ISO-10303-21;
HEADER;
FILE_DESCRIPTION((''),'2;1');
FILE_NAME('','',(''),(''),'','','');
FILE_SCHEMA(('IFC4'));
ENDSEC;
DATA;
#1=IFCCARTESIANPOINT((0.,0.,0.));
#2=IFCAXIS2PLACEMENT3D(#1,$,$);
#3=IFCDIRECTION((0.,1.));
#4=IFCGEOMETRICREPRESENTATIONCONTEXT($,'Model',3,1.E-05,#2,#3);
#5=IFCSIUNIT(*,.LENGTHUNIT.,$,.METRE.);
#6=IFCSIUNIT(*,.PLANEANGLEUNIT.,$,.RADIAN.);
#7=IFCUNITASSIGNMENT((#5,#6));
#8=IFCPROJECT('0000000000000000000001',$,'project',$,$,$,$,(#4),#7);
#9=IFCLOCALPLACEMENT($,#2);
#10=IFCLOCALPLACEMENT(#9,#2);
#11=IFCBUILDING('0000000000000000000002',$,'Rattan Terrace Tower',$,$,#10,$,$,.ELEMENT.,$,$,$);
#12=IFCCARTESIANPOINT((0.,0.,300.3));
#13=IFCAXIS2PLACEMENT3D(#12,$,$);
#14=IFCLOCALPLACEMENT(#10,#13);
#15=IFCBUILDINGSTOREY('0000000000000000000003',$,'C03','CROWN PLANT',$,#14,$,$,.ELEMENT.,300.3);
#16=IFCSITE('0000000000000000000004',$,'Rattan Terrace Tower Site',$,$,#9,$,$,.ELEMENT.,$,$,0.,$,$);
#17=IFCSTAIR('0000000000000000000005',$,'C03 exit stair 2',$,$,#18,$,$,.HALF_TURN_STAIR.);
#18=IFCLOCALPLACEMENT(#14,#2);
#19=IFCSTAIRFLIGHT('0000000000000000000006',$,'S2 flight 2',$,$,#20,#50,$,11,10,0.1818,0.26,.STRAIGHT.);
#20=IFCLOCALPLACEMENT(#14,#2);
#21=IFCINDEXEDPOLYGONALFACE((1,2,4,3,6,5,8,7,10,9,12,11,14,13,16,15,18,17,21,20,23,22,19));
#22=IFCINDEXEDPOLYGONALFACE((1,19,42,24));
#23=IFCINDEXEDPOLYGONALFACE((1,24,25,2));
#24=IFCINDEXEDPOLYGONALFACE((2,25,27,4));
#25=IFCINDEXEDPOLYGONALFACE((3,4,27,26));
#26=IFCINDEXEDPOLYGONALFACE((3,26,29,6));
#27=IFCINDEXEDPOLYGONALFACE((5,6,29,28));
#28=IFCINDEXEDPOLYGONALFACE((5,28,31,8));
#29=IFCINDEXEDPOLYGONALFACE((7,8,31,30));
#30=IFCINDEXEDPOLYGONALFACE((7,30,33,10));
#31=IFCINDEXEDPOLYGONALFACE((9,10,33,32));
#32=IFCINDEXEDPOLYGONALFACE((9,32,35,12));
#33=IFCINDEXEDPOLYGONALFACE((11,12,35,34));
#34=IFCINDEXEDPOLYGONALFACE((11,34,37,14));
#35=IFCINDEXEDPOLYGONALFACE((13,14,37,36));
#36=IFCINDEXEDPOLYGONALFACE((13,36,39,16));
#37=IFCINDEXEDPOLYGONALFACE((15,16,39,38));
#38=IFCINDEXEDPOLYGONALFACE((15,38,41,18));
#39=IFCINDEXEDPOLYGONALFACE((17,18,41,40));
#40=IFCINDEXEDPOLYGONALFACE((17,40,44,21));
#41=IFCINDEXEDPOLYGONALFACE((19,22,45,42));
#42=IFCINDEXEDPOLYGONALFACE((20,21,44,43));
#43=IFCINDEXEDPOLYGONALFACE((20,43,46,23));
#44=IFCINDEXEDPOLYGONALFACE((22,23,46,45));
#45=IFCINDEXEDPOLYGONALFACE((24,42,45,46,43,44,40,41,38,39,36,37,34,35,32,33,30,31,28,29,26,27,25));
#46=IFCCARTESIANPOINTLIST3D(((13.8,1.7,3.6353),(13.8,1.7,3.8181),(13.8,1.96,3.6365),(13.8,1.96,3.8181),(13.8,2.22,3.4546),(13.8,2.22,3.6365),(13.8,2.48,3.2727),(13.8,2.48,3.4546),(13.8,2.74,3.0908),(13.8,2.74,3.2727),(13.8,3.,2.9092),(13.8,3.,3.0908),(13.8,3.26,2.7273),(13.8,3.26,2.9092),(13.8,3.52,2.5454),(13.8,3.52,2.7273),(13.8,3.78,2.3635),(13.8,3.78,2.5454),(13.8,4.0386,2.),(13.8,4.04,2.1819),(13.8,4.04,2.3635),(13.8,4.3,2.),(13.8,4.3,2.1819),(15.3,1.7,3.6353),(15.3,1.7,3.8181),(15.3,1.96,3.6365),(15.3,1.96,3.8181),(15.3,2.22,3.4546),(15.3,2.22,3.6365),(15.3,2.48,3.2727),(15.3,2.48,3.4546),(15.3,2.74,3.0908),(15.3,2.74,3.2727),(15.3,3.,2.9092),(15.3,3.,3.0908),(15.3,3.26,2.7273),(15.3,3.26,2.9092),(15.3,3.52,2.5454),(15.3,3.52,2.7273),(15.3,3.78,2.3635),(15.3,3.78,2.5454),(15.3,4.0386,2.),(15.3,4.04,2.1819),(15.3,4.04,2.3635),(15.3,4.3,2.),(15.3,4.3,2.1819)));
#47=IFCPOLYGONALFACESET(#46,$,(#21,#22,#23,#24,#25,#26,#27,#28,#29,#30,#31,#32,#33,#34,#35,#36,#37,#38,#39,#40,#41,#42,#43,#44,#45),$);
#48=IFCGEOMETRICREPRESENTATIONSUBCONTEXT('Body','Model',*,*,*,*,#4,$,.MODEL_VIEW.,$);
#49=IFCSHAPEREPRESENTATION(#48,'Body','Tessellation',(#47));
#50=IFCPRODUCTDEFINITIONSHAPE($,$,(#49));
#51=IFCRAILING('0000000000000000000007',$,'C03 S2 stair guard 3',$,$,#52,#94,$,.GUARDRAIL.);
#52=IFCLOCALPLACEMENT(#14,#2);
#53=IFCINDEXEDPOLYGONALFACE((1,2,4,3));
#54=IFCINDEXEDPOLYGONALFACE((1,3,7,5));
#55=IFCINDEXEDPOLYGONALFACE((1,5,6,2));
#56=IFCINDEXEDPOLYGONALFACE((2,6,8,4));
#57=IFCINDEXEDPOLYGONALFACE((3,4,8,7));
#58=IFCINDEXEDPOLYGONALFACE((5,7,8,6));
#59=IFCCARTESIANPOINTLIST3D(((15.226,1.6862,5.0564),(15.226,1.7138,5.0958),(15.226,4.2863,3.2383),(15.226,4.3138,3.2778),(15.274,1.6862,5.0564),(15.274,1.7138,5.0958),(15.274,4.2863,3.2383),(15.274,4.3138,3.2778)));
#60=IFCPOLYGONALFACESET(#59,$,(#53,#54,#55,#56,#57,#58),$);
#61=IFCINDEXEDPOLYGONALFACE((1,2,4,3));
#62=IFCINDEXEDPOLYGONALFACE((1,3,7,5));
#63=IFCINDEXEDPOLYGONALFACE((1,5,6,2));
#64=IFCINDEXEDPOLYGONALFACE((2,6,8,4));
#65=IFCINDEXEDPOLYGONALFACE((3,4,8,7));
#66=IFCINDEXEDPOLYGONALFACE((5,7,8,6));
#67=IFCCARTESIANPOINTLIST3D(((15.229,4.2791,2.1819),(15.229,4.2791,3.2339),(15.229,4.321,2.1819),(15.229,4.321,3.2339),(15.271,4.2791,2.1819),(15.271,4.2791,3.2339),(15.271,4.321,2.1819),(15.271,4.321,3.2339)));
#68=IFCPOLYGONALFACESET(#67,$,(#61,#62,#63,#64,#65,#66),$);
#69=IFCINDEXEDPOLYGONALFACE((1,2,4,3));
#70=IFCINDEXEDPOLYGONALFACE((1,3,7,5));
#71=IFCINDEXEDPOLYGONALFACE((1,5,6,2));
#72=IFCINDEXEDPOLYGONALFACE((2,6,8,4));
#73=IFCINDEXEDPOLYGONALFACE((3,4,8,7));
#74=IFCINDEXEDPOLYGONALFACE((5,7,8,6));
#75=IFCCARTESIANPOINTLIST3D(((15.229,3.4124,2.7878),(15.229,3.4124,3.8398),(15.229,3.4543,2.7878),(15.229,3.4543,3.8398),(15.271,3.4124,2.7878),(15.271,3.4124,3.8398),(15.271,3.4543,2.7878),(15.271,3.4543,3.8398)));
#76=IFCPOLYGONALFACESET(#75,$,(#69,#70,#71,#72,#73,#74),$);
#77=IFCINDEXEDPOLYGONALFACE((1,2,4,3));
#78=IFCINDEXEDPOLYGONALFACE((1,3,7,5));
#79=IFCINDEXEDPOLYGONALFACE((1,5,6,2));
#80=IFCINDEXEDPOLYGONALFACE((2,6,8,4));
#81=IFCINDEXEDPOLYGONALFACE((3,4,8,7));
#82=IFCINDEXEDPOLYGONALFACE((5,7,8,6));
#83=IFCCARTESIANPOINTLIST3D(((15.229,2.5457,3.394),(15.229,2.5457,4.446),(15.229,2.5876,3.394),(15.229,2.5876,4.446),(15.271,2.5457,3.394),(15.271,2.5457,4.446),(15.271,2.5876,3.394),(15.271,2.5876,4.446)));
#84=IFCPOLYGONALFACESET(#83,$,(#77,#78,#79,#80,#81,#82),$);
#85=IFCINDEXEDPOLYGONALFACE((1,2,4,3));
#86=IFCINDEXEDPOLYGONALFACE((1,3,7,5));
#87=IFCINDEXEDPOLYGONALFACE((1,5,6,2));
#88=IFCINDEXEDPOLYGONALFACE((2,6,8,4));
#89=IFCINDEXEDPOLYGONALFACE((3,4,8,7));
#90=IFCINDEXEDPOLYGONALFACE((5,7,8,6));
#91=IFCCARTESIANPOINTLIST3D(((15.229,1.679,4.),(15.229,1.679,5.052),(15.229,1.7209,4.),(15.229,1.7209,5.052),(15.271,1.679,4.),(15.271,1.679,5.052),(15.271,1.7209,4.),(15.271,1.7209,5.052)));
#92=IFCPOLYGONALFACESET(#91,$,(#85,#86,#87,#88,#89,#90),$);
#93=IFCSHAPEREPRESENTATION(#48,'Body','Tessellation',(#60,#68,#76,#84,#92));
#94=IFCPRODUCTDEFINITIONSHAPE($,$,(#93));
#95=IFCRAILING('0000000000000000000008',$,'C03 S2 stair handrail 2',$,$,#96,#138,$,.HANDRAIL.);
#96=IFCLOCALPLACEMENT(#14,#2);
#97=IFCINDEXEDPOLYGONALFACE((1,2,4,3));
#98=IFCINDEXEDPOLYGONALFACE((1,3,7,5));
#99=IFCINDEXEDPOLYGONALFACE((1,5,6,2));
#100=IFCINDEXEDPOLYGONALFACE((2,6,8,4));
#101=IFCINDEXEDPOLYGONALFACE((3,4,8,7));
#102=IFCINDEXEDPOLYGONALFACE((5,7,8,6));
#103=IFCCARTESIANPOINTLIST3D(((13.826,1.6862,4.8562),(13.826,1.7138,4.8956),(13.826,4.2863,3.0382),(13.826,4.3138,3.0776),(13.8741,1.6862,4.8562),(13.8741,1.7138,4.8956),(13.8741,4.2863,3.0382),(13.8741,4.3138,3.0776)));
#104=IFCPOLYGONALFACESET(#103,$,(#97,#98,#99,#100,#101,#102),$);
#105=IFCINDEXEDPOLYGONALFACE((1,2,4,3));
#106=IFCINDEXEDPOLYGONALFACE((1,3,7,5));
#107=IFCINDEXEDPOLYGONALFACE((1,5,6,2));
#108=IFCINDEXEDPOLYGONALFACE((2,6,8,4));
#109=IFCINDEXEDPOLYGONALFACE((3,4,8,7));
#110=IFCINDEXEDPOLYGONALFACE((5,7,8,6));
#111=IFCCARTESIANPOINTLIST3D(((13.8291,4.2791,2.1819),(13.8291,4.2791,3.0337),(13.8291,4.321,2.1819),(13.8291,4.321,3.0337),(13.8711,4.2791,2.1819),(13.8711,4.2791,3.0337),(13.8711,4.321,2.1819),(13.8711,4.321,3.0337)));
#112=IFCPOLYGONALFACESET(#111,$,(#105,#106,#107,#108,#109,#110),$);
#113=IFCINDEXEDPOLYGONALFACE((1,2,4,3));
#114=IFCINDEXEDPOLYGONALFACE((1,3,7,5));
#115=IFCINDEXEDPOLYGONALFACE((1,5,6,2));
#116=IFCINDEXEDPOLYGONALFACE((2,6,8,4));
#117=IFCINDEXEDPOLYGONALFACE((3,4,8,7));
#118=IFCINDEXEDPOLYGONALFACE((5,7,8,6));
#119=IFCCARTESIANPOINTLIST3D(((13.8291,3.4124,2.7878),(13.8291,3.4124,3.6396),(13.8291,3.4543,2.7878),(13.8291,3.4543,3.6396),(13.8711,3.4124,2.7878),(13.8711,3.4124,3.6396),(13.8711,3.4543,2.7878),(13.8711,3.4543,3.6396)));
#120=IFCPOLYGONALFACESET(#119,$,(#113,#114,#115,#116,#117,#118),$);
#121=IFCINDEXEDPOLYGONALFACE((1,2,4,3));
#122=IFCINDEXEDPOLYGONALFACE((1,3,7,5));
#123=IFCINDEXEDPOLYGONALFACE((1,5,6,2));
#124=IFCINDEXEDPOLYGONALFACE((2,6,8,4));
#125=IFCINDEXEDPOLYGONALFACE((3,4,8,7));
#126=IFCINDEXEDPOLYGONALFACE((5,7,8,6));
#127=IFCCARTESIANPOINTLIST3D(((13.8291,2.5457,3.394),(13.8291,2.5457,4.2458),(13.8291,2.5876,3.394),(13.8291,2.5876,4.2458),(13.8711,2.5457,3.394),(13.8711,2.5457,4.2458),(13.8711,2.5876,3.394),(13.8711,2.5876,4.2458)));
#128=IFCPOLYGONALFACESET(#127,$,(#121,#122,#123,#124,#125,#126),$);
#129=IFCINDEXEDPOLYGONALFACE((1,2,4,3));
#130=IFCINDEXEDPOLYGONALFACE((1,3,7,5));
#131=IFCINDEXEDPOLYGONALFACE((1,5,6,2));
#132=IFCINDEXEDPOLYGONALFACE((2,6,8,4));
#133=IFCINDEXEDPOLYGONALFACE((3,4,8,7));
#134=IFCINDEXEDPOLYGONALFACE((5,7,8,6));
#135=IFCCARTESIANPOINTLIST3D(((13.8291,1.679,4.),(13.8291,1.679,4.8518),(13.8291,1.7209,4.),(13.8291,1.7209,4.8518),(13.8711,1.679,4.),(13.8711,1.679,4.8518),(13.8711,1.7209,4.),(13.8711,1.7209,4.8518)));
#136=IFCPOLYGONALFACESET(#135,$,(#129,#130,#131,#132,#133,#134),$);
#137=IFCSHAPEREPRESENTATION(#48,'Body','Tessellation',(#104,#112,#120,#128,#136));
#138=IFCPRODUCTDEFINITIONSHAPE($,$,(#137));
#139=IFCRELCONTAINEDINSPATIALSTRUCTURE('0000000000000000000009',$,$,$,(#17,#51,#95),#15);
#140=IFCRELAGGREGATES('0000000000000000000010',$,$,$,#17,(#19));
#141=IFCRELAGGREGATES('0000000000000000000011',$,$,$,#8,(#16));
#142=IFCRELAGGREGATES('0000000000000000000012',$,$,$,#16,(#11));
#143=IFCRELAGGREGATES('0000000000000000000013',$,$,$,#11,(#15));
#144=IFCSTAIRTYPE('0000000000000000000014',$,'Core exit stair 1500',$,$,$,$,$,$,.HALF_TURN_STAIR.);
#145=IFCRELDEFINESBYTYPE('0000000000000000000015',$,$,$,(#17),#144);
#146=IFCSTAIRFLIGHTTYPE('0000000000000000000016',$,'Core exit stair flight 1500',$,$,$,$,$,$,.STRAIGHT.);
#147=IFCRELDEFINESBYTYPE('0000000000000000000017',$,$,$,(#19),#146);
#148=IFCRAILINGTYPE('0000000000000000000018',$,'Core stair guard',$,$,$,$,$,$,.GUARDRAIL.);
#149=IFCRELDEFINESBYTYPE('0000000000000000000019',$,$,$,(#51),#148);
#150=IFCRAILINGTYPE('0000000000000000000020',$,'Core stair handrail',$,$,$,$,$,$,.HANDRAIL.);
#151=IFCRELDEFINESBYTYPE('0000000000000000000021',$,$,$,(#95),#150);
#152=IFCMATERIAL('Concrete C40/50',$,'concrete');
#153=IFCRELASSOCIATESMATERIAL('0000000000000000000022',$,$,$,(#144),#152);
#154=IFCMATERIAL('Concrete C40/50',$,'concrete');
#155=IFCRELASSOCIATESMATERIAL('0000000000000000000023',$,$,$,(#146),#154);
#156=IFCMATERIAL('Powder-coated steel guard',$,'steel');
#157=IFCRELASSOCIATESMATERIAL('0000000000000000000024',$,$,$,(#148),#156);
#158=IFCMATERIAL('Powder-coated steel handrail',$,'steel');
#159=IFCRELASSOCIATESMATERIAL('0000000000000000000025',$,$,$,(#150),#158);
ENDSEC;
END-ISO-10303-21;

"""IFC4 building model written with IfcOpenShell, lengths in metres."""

from ifc_helpers import new_model, si_unit, direction, frame, origin, origin_2d, place, context, subcontext, project, spatial, polyline, rectangle, outline, extrude, material, type_object, element, aggregate, save


model = new_model("IFC4")

# Units and contexts
model_context = context("Model", 3, precision=1e-05, world=origin(), true_north=direction((0.0, 1.0)))
body_context = subcontext(model_context, "Body", "Model", "MODEL_VIEW")
ifc_project = project(units=[si_unit("LENGTHUNIT", "METRE"), si_unit("PLANEANGLEUNIT", "RADIAN")], contexts=[model_context])

# Site, building, storey
site_placement = place(None, origin())
site = spatial("IfcSite", under=ifc_project, at=site_placement, Name="Rattan Terrace Tower Site", CompositionType="ELEMENT", RefElevation=0.0)
building_placement = place(site_placement, origin())
building = spatial("IfcBuilding", under=site, at=building_placement, Name="Rattan Terrace Tower", CompositionType="ELEMENT")
storey_placement = place(building_placement, frame((0.0, 0.0, 300.3)))
storey = spatial("IfcBuildingStorey", under=building, at=storey_placement, Name="C03", Description="CROWN PLANT", CompositionType="ELEMENT", Elevation=300.3)

# Stair
ifc_material_1 = material(Name="Concrete C40/50", Category="concrete")
stair_type = type_object("IfcStairType", Name="Core exit stair 1500", PredefinedType="HALF_TURN_STAIR", material=ifc_material_1)
stair_1_placement = place(storey_placement, origin())
stair_1 = element("IfcStair", 1, at=stair_1_placement, inside=storey, type_object=stair_type, Name="C03 exit stair 2", PredefinedType="HALF_TURN_STAIR")

# Stair flight
ifc_material_2 = material(Name="Concrete C40/50", Category="concrete")
stair_flight_type = type_object("IfcStairFlightType", Name="Core exit stair flight 1500", PredefinedType="STRAIGHT", material=ifc_material_2)
stair_flight_placement = place(storey_placement, frame((14.55, 4.3, 2.0), z_axis=(0.0, 0.0, 1.0), x_axis=(0.0, -1.0, 0.0)))
stair_flight = element("IfcStairFlight", 2, at=stair_flight_placement, type_object=stair_flight_type, Name="S2 flight 2", NumberOfRisers=11, NumberOfTreads=10, PredefinedType="STRAIGHT", RiserHeight=0.1818, TreadLength=0.26, context=body_context, shape_type="SweptSolid", body=[
    extrude(outline(polyline([(0.0, 0.0), (0.0, 0.1819), (0.26, 0.1819), (0.26, 0.3635), (0.52, 0.3635), (0.52, 0.5454), (0.78, 0.5454), (0.78, 0.7273), (1.04, 0.7273), (1.04, 0.9092), (1.3, 0.9092), (1.3, 1.0908), (1.5601, 1.0908), (1.5601, 1.2727), (1.8201, 1.2727), (1.8201, 1.4546), (2.0801, 1.4546), (2.0801, 1.6365), (2.3401, 1.6365), (2.3401, 1.8181), (2.6001, 1.8181), (2.6001, 2.0), (2.6001, 1.6353), (0.2615, 0.0), (0.0, 0.0)])), frame((0.0, 0.75, 0.0), z_axis=(0.0, -1.0, 0.0), x_axis=(1.0, 0.0, 0.0)), (0.0, 0.0, 1.0), 1.5),
])
aggregate(stair_1, [stair_flight])

# Railings
ifc_material_3 = material(Name="Powder-coated steel guard", Category="steel")
railing_type_1 = type_object("IfcRailingType", Name="Core stair guard", PredefinedType="GUARDRAIL", material=ifc_material_3)
railing_1_placement = place(storey_placement, frame((15.25, 4.3, 2.1819)))
element("IfcRailing", 3, at=railing_1_placement, inside=storey, type_object=railing_type_1, Name="C03 S2 stair guard 3", PredefinedType="GUARDRAIL", context=body_context, shape_type="SweptSolid", body=[
    extrude(rectangle(XDim=0.0481, YDim=0.0481, at=origin_2d()), frame((0.0, 0.0, 1.0762), z_axis=(0.0, -0.819521, 0.573049), x_axis=(1.0, 0.0, 0.0)), (0.0, 0.0, 1.0), 3.1726),
    extrude(rectangle(XDim=0.042, YDim=0.042, at=origin_2d()), origin(), (0.0, 0.0, 1.0), 1.052),
    extrude(rectangle(XDim=0.042, YDim=0.042, at=origin_2d()), frame((0.0, -0.8667, 0.606)), (0.0, 0.0, 1.0), 1.052),
    extrude(rectangle(XDim=0.042, YDim=0.042, at=origin_2d()), frame((0.0, -1.7334, 1.2122)), (0.0, 0.0, 1.0), 1.052),
    extrude(rectangle(XDim=0.042, YDim=0.042, at=origin_2d()), frame((0.0, -2.6001, 1.8181)), (0.0, 0.0, 1.0), 1.052),
])
ifc_material_4 = material(Name="Powder-coated steel handrail", Category="steel")
railing_type_2 = type_object("IfcRailingType", Name="Core stair handrail", PredefinedType="HANDRAIL", material=ifc_material_4)
railing_2_placement = place(storey_placement, frame((13.8501, 4.3, 2.1819)))
element("IfcRailing", 4, at=railing_2_placement, inside=storey, type_object=railing_type_2, Name="C03 S2 stair handrail 2", PredefinedType="HANDRAIL", context=body_context, shape_type="SweptSolid", body=[
    extrude(rectangle(XDim=0.0481, YDim=0.0481, at=origin_2d()), frame((0.0, 0.0, 0.876), z_axis=(0.0, -0.819521, 0.573049), x_axis=(1.0, 0.0, 0.0)), (0.0, 0.0, 1.0), 3.1726),
    extrude(rectangle(XDim=0.042, YDim=0.042, at=origin_2d()), origin(), (0.0, 0.0, 1.0), 0.8518),
    extrude(rectangle(XDim=0.042, YDim=0.042, at=origin_2d()), frame((0.0, -0.8667, 0.606)), (0.0, 0.0, 1.0), 0.8518),
    extrude(rectangle(XDim=0.042, YDim=0.042, at=origin_2d()), frame((0.0, -1.7334, 1.2122)), (0.0, 0.0, 1.0), 0.8518),
    extrude(rectangle(XDim=0.042, YDim=0.042, at=origin_2d()), frame((0.0, -2.6001, 1.8181)), (0.0, 0.0, 1.0), 0.8518),
])

save(model, "model.ifc")
